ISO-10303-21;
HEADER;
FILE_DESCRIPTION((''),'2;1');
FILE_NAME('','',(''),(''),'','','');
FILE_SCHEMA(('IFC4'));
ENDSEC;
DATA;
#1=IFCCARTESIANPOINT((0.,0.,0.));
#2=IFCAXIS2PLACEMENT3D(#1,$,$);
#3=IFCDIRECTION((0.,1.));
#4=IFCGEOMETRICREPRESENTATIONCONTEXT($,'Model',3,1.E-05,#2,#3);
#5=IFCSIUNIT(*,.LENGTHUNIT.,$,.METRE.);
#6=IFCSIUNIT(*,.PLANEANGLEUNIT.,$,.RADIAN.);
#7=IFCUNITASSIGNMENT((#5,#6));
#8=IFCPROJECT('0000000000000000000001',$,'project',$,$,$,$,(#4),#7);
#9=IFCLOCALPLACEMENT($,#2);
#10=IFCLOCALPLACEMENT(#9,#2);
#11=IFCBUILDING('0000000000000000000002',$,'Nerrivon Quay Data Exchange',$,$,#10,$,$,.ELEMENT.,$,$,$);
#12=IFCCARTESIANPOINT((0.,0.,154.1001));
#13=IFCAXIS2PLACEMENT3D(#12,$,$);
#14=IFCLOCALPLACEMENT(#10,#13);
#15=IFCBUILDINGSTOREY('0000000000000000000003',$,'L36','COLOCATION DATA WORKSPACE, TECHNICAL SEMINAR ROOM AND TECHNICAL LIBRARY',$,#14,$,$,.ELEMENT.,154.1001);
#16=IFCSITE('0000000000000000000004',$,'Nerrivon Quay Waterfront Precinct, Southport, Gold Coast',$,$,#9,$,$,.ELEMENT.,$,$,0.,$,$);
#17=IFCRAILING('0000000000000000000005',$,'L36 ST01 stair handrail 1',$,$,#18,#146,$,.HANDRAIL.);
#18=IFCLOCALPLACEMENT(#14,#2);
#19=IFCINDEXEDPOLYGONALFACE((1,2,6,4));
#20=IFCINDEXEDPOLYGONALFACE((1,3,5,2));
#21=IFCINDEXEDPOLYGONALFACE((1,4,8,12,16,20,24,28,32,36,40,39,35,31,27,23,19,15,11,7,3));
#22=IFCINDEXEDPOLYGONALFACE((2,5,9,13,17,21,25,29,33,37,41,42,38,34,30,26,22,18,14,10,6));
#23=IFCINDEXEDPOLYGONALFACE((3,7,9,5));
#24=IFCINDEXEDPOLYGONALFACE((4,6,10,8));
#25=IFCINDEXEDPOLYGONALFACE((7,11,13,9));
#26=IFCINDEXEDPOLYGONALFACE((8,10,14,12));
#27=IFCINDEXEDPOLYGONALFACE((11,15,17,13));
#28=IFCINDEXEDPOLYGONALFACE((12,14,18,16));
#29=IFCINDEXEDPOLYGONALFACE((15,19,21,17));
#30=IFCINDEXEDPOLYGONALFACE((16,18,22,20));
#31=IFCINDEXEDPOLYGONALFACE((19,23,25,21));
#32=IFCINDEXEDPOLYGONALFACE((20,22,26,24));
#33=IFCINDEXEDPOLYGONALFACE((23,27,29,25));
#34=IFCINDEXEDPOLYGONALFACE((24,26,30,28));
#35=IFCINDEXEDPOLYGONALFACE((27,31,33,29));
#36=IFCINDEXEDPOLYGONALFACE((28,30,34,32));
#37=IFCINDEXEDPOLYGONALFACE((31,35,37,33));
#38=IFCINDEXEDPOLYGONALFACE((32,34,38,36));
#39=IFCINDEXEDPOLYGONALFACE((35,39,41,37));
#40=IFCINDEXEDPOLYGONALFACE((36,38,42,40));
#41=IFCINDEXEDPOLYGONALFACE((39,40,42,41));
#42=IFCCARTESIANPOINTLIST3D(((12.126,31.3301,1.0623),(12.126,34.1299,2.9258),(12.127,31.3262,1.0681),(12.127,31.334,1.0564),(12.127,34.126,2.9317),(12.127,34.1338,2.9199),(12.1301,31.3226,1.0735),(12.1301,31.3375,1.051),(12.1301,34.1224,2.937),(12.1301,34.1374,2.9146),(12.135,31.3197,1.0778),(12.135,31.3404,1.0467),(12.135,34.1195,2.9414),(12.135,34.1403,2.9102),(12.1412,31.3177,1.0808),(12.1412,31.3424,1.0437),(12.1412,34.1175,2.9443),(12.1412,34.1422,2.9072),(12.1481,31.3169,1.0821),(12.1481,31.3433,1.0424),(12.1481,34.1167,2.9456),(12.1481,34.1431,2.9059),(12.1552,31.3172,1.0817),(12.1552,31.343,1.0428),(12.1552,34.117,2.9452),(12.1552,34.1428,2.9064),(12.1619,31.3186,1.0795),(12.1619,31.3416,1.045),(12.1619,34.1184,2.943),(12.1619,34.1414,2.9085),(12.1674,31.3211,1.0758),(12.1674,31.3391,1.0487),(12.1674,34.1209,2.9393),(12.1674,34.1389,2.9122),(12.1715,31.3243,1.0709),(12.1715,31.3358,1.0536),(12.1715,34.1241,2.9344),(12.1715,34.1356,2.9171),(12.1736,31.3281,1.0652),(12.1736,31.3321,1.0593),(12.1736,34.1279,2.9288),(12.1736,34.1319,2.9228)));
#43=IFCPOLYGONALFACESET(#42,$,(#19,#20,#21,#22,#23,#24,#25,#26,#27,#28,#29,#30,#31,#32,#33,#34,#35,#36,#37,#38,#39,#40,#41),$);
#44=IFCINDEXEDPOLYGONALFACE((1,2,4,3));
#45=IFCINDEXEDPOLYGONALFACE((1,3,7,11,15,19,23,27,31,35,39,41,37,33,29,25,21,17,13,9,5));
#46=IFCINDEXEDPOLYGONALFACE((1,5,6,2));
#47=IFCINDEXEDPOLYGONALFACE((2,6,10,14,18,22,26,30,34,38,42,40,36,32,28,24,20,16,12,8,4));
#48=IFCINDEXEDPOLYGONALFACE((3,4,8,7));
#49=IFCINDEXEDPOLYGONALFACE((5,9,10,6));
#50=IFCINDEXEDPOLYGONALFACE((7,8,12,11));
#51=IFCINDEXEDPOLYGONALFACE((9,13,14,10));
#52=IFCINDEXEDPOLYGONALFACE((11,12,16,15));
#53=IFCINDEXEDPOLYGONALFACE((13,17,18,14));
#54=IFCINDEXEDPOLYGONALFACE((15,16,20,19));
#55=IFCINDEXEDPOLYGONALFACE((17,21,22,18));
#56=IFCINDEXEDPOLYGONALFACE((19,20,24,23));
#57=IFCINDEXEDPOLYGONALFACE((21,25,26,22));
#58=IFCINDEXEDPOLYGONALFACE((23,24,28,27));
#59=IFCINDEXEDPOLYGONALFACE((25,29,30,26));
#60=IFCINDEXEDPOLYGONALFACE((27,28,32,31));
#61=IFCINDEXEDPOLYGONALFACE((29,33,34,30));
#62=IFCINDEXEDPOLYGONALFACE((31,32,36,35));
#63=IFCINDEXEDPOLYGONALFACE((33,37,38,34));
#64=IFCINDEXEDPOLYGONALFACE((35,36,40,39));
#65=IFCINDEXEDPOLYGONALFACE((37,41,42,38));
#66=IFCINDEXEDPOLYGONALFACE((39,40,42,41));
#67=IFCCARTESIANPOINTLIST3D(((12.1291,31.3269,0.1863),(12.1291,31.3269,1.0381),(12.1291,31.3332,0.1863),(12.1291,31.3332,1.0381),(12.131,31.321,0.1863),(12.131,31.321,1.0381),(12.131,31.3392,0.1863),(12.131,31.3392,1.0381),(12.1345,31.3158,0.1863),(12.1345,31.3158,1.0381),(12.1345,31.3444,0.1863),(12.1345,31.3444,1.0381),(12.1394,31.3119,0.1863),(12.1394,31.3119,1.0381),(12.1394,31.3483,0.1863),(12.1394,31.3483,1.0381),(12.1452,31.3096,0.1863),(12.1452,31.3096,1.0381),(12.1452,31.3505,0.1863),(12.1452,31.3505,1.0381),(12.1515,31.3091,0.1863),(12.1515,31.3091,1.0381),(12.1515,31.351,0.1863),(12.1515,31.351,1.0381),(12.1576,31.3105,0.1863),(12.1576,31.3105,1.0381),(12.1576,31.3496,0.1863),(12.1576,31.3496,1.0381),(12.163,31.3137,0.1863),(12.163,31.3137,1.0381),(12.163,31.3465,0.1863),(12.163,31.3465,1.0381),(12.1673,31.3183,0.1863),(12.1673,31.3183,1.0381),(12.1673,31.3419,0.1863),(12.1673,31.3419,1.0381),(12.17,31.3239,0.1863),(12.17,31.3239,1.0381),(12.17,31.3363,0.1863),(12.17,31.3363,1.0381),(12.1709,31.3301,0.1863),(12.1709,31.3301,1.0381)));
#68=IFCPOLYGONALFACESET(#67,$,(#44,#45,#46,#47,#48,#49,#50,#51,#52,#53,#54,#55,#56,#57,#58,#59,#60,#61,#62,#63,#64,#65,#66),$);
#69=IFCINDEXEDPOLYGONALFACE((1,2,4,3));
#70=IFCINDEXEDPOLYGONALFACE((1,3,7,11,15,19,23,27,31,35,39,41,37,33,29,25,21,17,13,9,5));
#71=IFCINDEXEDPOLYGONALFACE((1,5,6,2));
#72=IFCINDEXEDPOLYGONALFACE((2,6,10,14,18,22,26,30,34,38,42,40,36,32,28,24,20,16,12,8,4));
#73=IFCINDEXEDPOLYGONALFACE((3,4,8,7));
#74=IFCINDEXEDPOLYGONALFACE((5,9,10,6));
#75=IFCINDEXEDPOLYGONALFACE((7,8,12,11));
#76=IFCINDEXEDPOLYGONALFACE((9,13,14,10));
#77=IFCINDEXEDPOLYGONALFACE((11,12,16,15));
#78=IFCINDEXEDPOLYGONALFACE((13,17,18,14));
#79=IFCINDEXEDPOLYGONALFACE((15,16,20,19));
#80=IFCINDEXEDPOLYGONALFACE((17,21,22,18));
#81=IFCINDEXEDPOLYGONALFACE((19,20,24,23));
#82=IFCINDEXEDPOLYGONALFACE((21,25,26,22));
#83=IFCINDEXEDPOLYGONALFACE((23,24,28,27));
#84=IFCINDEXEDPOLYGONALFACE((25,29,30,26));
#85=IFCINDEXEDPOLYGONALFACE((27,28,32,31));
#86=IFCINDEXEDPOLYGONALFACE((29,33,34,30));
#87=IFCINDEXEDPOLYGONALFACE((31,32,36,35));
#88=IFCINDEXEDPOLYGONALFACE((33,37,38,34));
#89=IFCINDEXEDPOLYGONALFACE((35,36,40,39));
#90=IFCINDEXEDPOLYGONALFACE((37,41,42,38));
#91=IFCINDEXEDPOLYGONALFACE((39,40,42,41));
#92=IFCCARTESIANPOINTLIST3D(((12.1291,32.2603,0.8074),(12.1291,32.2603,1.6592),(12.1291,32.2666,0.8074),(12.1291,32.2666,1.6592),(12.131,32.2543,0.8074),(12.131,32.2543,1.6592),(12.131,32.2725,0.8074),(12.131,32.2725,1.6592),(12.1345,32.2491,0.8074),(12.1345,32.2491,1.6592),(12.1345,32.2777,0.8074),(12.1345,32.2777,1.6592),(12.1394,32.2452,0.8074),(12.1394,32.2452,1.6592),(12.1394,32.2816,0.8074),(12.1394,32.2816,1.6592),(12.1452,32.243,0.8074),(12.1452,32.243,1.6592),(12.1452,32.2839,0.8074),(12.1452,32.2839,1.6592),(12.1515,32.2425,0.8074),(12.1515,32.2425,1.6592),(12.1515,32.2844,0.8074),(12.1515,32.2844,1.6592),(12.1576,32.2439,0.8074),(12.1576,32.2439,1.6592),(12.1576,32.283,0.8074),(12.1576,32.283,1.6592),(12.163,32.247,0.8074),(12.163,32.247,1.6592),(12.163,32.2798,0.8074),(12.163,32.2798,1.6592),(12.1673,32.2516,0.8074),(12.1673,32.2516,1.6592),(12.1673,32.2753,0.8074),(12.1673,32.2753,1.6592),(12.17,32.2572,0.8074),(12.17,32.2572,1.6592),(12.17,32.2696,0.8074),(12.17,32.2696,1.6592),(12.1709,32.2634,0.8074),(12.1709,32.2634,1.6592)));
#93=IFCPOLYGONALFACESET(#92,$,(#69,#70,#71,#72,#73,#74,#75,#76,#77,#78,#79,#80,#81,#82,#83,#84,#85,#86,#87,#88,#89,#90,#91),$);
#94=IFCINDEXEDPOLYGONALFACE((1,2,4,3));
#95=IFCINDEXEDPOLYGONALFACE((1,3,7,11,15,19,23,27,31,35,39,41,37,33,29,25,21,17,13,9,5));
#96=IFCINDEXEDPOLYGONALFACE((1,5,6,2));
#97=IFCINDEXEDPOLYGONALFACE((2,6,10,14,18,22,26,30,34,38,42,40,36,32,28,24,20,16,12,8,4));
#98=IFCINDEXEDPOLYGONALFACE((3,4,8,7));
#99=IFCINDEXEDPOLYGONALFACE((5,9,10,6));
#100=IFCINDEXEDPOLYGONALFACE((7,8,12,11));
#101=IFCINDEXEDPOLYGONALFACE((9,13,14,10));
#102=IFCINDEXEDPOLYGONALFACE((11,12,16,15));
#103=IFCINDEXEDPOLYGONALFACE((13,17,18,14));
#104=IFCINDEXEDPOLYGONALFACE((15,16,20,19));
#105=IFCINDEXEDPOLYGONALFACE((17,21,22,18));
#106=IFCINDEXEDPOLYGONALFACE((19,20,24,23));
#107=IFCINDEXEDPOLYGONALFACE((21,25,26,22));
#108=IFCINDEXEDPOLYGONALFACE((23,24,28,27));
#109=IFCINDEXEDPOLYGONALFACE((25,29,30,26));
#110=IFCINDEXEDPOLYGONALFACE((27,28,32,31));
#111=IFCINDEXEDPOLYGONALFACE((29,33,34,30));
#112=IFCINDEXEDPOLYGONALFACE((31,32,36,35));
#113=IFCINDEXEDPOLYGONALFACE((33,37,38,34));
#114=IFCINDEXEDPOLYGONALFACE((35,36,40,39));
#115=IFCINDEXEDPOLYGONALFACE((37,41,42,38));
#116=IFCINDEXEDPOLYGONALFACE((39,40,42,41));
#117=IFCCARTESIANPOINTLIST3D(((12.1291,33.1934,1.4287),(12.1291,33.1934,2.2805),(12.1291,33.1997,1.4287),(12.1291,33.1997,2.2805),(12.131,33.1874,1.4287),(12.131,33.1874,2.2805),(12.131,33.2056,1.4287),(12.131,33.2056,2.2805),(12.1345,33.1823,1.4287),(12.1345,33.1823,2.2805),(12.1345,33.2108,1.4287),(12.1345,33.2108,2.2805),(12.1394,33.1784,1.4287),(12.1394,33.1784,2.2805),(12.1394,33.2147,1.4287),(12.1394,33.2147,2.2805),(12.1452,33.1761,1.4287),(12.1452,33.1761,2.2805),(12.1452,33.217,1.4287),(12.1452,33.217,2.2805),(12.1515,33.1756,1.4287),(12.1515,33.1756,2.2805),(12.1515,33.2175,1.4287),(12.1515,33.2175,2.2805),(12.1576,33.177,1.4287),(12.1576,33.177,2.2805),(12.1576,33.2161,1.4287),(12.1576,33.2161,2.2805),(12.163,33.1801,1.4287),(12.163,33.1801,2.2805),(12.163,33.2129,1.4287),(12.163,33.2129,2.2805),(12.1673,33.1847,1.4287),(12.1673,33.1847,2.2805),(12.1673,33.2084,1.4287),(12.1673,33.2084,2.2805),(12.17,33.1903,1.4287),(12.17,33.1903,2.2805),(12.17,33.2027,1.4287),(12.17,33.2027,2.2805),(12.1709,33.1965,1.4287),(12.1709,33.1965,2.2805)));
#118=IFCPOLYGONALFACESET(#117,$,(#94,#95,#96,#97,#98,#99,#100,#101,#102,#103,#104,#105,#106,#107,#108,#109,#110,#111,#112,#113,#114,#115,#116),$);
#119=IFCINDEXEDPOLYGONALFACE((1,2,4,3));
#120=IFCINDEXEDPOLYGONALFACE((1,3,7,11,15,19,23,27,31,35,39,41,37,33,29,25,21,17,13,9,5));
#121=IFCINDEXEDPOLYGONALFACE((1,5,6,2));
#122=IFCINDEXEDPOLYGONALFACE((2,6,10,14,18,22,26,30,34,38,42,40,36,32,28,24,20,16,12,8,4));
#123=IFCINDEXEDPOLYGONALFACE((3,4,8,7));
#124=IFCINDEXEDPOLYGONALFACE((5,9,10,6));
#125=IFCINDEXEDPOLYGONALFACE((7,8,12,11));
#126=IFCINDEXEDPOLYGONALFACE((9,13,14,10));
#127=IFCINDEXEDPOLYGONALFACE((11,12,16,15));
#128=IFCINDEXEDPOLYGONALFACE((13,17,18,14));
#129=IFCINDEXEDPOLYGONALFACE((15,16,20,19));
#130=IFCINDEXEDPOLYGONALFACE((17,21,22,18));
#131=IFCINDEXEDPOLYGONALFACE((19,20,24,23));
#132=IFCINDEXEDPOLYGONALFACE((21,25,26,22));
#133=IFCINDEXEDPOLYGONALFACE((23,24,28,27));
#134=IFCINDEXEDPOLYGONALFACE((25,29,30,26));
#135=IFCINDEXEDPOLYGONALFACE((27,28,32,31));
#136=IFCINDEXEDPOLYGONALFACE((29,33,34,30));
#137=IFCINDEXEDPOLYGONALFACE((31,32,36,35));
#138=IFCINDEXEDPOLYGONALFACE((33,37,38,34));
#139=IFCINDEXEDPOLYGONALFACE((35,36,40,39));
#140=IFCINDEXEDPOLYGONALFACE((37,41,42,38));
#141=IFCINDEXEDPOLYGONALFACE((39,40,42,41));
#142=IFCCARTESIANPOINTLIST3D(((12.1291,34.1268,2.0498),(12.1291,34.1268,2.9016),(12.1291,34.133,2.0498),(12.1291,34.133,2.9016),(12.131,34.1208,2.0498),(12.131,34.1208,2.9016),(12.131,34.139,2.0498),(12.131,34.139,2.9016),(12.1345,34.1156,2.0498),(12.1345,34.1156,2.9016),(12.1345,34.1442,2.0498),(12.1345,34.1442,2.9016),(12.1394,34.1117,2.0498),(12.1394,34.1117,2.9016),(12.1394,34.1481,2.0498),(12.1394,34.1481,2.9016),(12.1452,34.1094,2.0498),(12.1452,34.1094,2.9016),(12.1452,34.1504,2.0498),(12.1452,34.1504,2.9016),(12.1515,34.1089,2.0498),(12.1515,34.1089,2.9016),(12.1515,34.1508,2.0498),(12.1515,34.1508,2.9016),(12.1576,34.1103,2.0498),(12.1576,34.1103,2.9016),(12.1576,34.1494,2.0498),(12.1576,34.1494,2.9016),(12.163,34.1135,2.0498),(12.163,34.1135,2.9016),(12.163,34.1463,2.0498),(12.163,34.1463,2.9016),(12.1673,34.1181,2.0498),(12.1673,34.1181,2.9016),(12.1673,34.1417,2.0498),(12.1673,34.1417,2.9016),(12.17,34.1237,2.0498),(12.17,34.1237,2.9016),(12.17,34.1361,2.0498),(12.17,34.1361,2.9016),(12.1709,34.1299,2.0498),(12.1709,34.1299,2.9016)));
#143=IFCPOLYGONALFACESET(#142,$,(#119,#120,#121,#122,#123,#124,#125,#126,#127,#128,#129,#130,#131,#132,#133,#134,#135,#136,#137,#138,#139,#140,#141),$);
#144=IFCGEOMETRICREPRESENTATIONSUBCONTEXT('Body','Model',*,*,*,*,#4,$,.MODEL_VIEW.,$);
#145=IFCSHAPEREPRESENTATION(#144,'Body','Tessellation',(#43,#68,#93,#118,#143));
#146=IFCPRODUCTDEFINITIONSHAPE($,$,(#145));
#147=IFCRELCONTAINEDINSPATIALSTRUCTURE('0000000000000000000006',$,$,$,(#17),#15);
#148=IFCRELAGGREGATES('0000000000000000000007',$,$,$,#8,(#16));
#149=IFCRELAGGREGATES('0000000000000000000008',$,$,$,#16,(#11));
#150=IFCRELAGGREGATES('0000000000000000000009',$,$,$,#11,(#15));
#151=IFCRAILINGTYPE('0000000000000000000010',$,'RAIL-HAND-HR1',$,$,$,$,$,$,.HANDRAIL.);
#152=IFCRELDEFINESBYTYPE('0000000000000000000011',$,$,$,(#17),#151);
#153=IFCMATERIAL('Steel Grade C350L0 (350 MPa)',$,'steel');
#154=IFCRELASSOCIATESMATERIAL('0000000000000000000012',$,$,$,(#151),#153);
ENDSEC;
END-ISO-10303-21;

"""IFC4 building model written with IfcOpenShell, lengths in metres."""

from ifc_helpers import new_model, si_unit, direction, frame, origin, origin_2d, place, context, subcontext, project, spatial, circle, extrude, material, type_object, element, save


model = new_model("IFC4")

# Units and contexts
model_context = context("Model", 3, precision=1e-05, world=origin(), true_north=direction((0.0, 1.0)))
body_context = subcontext(model_context, "Body", "Model", "MODEL_VIEW")
ifc_project = project(units=[si_unit("LENGTHUNIT", "METRE"), si_unit("PLANEANGLEUNIT", "RADIAN")], contexts=[model_context])

# Site, building, storey
site_placement = place(None, origin())
site = spatial("IfcSite", under=ifc_project, at=site_placement, Name="Nerrivon Quay Waterfront Precinct, Southport, Gold Coast", CompositionType="ELEMENT", RefElevation=0.0)
building_placement = place(site_placement, origin())
building = spatial("IfcBuilding", under=site, at=building_placement, Name="Nerrivon Quay Data Exchange", CompositionType="ELEMENT")
storey_placement = place(building_placement, frame((0.0, 0.0, 154.1001)))
storey = spatial("IfcBuildingStorey", under=building, at=storey_placement, Name="L36", Description="COLOCATION DATA WORKSPACE, TECHNICAL SEMINAR ROOM AND TECHNICAL LIBRARY", CompositionType="ELEMENT", Elevation=154.1001)

# Railing
ifc_material_1 = material(Name="Steel Grade C350L0 (350 MPa)", Category="steel")
railing_type_1 = type_object("IfcRailingType", Name="RAIL-HAND-HR1", PredefinedType="HANDRAIL", material=ifc_material_1)
railing_1_placement = place(storey_placement, frame((12.1499, 31.3301, 0.1863)))
element("IfcRailing", 1, at=railing_1_placement, inside=storey, type_object=railing_type_1, Name="L36 ST01 stair handrail 1", PredefinedType="HANDRAIL", context=body_context, shape_type="SweptSolid", body=[
    extrude(circle(Radius=0.0239, at=origin_2d()), frame((0.0, 0.0, 0.876), z_axis=(0.0, 0.832463, 0.55408), x_axis=(-1.0, 0.0, 0.0)), (0.0, 0.0, 1.0), 3.3633),
    extrude(circle(Radius=0.021, at=origin_2d()), origin(), (0.0, 0.0, 1.0), 0.8518),
    extrude(circle(Radius=0.021, at=origin_2d()), frame((0.0, 0.9333, 0.6211)), (0.0, 0.0, 1.0), 0.8518),
    extrude(circle(Radius=0.021, at=origin_2d()), frame((0.0, 1.8665, 1.2424)), (0.0, 0.0, 1.0), 0.8518),
    extrude(circle(Radius=0.021, at=origin_2d()), frame((0.0, 2.7998, 1.8635)), (0.0, 0.0, 1.0), 0.8518),
])

save(model, "model.ifc")
